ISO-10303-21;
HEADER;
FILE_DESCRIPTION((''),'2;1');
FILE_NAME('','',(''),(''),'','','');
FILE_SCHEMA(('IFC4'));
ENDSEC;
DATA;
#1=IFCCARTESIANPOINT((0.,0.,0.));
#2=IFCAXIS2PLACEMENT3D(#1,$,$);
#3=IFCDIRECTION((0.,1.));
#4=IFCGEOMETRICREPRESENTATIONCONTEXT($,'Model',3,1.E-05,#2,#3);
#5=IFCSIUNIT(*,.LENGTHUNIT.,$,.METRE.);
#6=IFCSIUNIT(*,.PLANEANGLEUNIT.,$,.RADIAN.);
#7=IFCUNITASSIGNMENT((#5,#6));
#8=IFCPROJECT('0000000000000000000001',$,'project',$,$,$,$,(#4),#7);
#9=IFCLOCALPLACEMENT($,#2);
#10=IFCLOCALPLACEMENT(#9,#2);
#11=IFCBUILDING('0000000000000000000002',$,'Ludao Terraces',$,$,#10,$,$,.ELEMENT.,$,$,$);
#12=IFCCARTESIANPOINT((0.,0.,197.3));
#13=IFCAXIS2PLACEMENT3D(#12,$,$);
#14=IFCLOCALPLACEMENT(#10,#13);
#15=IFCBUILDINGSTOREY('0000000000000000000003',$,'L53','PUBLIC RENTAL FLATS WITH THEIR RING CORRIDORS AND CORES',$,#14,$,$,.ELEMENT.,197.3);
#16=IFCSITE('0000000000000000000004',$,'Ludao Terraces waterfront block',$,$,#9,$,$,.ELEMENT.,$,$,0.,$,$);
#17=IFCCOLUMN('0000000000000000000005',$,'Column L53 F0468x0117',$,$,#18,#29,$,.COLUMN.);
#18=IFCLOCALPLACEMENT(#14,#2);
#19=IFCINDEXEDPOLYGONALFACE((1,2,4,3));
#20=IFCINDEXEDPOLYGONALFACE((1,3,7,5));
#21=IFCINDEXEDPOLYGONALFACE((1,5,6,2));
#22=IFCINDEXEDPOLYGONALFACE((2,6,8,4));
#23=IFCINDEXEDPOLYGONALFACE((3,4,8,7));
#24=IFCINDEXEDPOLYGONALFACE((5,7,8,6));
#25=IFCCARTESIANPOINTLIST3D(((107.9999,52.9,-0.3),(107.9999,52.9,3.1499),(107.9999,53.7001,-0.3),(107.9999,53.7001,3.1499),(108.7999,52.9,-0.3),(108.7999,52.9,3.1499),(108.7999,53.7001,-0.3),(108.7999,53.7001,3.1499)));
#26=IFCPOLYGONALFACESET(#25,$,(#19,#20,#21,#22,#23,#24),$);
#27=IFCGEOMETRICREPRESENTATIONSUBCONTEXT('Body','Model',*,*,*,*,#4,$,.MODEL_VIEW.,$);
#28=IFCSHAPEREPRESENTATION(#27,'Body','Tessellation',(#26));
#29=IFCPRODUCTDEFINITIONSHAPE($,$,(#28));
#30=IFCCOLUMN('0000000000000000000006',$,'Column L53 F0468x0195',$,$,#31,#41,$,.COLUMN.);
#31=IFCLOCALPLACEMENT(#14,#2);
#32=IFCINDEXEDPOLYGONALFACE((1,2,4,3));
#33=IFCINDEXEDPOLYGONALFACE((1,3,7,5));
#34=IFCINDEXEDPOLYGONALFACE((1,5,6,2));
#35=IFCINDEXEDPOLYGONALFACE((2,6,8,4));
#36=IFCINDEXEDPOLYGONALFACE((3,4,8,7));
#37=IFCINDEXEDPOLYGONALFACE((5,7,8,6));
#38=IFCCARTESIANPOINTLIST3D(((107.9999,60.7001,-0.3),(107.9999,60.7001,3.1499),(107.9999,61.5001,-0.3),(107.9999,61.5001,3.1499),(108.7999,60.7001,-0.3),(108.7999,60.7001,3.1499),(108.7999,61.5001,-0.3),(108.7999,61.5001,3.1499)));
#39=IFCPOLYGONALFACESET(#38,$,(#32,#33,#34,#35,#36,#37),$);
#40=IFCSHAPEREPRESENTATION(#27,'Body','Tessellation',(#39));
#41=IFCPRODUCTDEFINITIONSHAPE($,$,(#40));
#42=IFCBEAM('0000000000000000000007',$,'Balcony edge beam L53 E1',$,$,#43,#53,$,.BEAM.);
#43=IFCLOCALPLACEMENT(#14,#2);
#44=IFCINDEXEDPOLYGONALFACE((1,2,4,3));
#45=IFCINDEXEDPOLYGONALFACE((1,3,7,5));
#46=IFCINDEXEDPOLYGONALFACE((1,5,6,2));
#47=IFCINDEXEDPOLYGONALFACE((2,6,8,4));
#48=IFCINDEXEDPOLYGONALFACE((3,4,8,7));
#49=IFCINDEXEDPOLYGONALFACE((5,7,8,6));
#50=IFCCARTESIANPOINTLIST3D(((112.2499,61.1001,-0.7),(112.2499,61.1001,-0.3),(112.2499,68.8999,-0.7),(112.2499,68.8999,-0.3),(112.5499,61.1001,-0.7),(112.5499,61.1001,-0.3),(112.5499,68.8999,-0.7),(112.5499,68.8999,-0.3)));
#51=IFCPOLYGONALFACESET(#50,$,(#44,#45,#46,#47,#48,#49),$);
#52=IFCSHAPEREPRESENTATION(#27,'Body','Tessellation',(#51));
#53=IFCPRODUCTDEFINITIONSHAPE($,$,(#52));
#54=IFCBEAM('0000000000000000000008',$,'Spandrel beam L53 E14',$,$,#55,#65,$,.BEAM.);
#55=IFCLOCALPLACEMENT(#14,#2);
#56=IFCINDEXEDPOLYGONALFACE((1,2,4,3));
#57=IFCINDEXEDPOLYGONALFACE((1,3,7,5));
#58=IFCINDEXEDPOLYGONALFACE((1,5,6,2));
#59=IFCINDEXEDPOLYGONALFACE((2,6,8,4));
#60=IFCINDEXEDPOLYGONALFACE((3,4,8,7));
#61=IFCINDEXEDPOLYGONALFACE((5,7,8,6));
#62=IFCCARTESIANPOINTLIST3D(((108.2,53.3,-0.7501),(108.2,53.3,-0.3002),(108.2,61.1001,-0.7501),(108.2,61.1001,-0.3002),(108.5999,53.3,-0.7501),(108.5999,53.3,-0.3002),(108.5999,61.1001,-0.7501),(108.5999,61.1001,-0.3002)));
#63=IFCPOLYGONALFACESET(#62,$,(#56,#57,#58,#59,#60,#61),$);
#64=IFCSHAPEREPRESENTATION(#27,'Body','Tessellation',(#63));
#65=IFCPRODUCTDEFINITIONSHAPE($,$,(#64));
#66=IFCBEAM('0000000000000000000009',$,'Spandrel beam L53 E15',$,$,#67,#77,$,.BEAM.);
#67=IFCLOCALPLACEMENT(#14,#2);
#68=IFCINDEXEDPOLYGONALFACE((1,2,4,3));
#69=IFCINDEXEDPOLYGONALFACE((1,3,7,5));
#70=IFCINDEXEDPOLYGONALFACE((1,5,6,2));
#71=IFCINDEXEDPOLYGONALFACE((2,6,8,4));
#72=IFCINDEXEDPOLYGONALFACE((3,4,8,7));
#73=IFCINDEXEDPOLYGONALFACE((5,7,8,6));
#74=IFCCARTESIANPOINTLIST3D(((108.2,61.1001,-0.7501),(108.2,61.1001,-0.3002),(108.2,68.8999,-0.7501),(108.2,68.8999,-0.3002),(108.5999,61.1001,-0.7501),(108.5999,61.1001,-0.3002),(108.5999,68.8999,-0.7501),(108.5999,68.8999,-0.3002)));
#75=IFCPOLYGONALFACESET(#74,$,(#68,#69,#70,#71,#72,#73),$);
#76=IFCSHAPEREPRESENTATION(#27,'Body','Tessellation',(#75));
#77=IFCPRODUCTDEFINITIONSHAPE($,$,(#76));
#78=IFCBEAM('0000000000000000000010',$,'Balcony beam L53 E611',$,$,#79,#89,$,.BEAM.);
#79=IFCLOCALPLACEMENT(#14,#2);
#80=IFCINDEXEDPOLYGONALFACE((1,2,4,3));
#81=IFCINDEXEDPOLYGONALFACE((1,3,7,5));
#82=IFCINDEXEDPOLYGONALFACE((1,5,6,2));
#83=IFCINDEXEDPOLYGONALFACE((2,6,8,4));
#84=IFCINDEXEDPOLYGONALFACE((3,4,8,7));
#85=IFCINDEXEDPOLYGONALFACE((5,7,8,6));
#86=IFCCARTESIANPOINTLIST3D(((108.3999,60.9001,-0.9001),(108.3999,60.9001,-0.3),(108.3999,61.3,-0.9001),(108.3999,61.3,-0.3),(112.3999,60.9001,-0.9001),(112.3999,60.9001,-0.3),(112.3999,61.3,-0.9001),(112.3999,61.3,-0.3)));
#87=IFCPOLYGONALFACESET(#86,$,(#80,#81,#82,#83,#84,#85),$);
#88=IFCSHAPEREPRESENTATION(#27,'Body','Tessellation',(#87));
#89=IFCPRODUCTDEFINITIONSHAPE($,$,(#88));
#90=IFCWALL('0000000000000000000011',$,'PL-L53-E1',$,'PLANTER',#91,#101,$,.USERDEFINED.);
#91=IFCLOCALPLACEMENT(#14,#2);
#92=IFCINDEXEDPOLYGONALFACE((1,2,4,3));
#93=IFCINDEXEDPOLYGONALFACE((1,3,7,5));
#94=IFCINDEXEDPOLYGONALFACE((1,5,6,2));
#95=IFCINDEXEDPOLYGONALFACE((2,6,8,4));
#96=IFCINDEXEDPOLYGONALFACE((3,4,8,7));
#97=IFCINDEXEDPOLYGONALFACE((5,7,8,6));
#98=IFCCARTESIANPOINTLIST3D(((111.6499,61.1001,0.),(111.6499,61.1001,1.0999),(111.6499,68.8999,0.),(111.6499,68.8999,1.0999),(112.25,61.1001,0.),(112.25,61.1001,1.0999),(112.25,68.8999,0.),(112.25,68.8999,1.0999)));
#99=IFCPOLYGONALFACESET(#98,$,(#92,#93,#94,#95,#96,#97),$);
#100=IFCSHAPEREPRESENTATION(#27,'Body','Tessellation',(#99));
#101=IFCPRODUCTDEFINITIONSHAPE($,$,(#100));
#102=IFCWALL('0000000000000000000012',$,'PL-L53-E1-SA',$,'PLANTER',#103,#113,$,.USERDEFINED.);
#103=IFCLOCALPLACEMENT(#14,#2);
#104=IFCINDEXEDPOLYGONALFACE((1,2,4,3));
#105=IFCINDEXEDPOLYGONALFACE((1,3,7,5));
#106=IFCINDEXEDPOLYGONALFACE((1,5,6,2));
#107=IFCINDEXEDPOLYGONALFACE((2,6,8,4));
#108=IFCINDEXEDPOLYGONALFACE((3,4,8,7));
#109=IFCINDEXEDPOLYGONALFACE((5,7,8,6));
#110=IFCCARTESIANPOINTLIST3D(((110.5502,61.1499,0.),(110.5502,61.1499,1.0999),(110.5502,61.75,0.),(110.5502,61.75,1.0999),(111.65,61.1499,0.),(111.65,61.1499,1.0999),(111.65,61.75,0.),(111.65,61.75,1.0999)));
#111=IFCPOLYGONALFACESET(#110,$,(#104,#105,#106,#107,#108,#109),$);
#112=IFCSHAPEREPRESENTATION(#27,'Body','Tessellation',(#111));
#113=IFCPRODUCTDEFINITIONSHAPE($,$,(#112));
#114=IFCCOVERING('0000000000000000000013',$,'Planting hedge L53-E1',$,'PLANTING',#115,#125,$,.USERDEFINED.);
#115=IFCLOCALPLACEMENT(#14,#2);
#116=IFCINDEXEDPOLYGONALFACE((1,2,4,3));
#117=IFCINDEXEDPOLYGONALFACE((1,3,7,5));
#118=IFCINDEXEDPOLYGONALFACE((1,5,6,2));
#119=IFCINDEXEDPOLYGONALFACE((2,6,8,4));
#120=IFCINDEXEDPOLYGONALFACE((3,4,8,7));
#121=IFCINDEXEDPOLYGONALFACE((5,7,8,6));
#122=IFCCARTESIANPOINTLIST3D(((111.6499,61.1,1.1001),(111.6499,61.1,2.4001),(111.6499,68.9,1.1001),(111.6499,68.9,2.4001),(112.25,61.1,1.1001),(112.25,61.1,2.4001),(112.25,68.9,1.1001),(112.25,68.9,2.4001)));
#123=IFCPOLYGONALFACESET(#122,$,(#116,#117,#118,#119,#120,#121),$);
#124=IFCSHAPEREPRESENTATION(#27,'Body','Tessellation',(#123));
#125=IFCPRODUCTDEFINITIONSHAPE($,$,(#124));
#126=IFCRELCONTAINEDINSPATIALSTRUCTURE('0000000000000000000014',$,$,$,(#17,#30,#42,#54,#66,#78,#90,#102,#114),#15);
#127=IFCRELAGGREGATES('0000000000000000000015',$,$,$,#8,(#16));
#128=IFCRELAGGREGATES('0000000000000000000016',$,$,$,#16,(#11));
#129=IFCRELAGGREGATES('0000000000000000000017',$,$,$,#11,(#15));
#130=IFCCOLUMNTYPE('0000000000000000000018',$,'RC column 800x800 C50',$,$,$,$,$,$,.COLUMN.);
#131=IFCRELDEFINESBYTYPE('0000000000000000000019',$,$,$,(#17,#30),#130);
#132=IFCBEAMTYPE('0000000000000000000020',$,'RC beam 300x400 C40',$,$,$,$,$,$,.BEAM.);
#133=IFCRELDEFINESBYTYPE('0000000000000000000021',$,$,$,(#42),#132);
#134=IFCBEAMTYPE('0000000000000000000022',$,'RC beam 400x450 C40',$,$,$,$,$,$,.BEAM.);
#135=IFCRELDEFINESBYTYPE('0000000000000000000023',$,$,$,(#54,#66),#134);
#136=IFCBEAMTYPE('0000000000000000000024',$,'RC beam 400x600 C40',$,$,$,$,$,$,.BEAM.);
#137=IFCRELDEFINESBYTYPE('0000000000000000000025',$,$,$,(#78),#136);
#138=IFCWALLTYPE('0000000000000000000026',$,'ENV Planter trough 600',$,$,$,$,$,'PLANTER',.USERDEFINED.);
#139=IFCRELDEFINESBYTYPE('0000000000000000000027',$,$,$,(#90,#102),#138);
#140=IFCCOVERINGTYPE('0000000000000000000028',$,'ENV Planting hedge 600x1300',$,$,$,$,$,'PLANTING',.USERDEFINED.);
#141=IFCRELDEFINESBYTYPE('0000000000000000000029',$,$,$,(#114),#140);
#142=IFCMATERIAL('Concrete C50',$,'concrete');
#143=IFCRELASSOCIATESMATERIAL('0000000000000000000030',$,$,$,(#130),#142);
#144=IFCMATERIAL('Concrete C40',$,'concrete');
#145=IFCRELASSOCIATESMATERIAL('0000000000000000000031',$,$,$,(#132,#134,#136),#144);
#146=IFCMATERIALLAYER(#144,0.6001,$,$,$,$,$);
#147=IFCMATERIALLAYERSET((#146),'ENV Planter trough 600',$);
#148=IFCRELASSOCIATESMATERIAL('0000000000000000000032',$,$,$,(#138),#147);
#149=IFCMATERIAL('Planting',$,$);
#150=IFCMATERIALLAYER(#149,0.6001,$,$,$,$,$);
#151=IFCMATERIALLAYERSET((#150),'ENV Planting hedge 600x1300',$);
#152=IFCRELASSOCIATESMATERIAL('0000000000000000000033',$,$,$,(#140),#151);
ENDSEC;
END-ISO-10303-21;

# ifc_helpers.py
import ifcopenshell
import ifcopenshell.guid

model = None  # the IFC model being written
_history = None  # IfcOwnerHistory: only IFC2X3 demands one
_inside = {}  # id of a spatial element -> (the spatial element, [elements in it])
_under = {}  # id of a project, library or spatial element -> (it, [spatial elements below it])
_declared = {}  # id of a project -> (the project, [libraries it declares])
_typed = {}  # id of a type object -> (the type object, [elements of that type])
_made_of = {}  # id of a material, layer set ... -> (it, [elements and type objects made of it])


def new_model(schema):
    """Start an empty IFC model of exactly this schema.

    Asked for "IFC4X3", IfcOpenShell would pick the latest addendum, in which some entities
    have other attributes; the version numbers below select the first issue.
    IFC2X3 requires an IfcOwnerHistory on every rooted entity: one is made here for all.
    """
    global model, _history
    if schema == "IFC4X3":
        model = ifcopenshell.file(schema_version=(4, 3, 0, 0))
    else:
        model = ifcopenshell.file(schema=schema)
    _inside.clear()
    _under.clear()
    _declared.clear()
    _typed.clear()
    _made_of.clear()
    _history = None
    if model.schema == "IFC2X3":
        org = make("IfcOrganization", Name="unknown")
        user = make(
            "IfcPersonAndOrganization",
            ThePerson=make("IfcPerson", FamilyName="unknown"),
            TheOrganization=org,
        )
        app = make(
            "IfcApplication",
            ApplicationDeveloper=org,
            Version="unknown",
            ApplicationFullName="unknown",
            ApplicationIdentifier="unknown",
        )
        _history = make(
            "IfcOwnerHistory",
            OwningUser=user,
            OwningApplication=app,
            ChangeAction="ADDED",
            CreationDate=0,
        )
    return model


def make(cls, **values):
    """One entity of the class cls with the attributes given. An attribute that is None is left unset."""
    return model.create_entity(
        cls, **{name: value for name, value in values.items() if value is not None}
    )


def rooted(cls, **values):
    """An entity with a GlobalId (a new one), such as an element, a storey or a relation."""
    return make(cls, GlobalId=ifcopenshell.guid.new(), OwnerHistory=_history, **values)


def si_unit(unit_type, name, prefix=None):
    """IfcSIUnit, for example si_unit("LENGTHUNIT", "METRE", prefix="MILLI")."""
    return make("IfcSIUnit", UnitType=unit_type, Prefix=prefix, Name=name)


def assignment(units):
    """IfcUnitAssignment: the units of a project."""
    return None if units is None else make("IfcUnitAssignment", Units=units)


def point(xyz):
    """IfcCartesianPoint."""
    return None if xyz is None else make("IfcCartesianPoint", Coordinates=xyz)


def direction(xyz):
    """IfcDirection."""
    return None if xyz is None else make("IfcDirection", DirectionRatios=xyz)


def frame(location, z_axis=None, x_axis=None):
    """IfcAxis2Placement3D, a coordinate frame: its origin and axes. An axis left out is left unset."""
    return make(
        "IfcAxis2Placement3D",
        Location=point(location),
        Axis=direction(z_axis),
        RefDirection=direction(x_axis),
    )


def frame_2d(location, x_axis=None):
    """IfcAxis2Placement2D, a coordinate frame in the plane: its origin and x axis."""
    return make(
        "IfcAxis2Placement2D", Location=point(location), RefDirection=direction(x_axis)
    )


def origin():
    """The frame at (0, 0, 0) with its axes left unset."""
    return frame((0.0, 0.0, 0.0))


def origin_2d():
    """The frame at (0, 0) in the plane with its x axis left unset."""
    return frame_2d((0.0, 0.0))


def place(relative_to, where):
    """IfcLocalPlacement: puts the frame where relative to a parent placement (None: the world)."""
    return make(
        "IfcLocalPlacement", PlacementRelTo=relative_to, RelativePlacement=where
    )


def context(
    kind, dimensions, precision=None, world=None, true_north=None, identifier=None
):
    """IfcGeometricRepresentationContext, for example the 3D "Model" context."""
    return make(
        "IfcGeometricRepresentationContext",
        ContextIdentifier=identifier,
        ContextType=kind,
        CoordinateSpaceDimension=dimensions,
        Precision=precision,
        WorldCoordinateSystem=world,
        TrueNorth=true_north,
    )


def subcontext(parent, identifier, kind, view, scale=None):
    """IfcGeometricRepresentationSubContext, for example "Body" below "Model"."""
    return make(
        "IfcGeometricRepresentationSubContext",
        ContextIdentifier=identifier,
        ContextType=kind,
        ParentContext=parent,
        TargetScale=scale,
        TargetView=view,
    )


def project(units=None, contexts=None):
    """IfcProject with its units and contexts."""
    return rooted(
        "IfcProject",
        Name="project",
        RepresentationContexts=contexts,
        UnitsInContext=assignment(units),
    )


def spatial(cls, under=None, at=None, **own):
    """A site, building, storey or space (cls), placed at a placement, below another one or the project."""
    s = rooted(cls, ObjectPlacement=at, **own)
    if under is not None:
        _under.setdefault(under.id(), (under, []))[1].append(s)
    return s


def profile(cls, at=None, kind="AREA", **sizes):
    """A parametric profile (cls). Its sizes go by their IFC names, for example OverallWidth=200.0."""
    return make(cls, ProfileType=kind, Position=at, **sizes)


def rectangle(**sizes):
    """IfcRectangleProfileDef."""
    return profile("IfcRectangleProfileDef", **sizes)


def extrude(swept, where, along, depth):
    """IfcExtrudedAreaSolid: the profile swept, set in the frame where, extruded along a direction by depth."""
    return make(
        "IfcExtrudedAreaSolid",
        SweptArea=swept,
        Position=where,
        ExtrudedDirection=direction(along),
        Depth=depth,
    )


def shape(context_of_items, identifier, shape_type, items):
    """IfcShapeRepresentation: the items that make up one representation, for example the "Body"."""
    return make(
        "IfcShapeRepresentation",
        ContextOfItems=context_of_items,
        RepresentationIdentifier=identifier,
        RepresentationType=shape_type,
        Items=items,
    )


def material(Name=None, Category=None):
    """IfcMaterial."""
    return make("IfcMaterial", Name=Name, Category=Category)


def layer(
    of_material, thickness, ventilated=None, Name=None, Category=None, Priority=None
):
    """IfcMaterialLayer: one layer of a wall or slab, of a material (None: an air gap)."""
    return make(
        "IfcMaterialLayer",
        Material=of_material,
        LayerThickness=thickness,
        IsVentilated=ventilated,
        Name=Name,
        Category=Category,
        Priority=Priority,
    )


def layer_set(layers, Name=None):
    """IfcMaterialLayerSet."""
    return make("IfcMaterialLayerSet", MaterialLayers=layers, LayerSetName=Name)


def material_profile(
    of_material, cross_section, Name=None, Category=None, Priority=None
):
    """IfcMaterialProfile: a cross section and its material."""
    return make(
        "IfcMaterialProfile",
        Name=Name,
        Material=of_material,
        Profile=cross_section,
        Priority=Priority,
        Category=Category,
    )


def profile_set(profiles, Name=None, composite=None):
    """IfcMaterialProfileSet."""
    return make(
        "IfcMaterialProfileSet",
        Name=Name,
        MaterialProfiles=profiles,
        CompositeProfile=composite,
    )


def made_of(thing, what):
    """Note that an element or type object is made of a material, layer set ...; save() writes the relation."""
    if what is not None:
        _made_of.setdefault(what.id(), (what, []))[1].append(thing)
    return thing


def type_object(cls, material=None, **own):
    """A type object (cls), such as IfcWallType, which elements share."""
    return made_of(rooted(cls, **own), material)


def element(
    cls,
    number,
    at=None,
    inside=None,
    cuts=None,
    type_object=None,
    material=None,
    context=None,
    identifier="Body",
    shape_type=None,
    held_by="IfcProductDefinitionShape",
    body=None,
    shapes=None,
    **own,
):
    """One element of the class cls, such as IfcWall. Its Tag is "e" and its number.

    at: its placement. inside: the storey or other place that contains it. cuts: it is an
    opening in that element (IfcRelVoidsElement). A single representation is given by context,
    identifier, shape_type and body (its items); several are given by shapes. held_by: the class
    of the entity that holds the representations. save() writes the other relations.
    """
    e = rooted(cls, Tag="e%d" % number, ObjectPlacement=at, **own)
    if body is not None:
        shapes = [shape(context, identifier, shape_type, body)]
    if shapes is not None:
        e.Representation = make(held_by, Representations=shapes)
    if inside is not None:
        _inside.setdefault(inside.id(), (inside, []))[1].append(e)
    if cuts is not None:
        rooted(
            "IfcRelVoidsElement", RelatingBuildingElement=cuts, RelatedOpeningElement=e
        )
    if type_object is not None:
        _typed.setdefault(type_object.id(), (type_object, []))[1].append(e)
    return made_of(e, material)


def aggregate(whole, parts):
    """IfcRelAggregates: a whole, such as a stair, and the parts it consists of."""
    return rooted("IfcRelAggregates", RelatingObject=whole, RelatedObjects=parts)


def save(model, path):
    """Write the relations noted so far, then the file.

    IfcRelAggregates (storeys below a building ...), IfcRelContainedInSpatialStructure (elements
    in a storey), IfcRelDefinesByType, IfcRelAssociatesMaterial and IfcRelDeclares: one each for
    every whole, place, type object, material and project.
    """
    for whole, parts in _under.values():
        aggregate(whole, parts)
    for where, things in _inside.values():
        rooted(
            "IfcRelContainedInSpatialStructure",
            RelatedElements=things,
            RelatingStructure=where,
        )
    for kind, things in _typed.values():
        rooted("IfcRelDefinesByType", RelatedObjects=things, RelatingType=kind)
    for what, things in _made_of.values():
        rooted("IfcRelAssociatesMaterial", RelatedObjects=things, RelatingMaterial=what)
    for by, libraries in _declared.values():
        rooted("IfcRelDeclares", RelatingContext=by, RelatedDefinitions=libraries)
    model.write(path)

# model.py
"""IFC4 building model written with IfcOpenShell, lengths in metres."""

from ifc_helpers import new_model, si_unit, direction, frame, frame_2d, origin, origin_2d, place, context, subcontext, project, spatial, rectangle, extrude, material, layer, layer_set, material_profile, profile_set, type_object, element, save


model = new_model("IFC4")

# Units and contexts
model_context = context("Model", 3, precision=1e-05, world=origin(), true_north=direction((0.0, 1.0)))
body_context = subcontext(model_context, "Body", "Model", "MODEL_VIEW")
ifc_project = project(units=[si_unit("LENGTHUNIT", "METRE"), si_unit("PLANEANGLEUNIT", "RADIAN")], contexts=[model_context])

# Site, building, storey
site_placement = place(None, origin())
site = spatial("IfcSite", under=ifc_project, at=site_placement, Name="Ludao Terraces waterfront block", CompositionType="ELEMENT", RefElevation=0.0)
building_placement = place(site_placement, origin())
building = spatial("IfcBuilding", under=site, at=building_placement, Name="Ludao Terraces", CompositionType="ELEMENT")
storey_placement = place(building_placement, frame((0.0, 0.0, 197.3)))
storey = spatial("IfcBuildingStorey", under=building, at=storey_placement, Name="L53", Description="PUBLIC RENTAL FLATS WITH THEIR RING CORRIDORS AND CORES", CompositionType="ELEMENT", Elevation=197.3)

# Columns
ifc_material_1 = material(Name="Concrete C50", Category="concrete")
ifc_material_profile_1 = material_profile(ifc_material_1, rectangle(XDim=0.8, YDim=0.8, at=origin_2d()), Name="800 X 800")
ifc_profile_set_1 = profile_set([ifc_material_profile_1], Name="Concrete C50")
column_type = type_object("IfcColumnType", Name="RC column 800x800 C50", PredefinedType="COLUMN", material=ifc_profile_set_1)
for number, where, z_axis, x_axis, name in (
    (1, (108.3999, 53.3, -0.3), (0.0, 0.0, 1.0), (1.0, 0.0, 0.0), "Column L53 F0468x0117"),
    (2, (108.3999, 61.1001, -0.3), (0.0, 0.0, 1.0), (1.0, 0.0, 0.0), "Column L53 F0468x0195"),
):
    element("IfcColumn", number, at=place(storey_placement, frame(where, z_axis=z_axis, x_axis=x_axis)), inside=storey, type_object=column_type, Name=name, PredefinedType="COLUMN", context=body_context, shape_type="SweptSolid", body=[
        extrude(rectangle(XDim=0.8, YDim=0.8, at=origin_2d()), origin(), (0.0, 0.0, 1.0), 3.45),
    ])

# Beams
ifc_material_2 = material(Name="Concrete C40", Category="concrete")
ifc_material_profile_2 = material_profile(ifc_material_2, rectangle(XDim=0.3, YDim=0.3999, at=origin_2d()), Name="300 X 400")
ifc_profile_set_2 = profile_set([ifc_material_profile_2], Name="Concrete C40")
beam_type_1 = type_object("IfcBeamType", Name="RC beam 300x400 C40", PredefinedType="BEAM", material=ifc_profile_set_2)
beam_1_placement = place(storey_placement, frame((112.3999, 61.1001, -0.5), z_axis=(0.0, 1.0, 0.0), x_axis=(-1.0, 0.0, 0.0)))
element("IfcBeam", 3, at=beam_1_placement, inside=storey, type_object=beam_type_1, Name="Balcony edge beam L53 E1", PredefinedType="BEAM", context=body_context, shape_type="SweptSolid", body=[
    extrude(rectangle(XDim=0.3, YDim=0.3999, at=origin_2d()), origin(), (0.0, 0.0, 1.0), 7.7998),
])
ifc_material_profile_3 = material_profile(ifc_material_2, rectangle(XDim=0.3999, YDim=0.45, at=origin_2d()), Name="400 X 450")
ifc_profile_set_3 = profile_set([ifc_material_profile_3], Name="Concrete C40")
beam_type_2 = type_object("IfcBeamType", Name="RC beam 400x450 C40", PredefinedType="BEAM", material=ifc_profile_set_3)
beam_2_placement = place(storey_placement, frame((108.3999, 53.3, -0.5251), z_axis=(0.0, 1.0, 0.0), x_axis=(-1.0, 0.0, 0.0)))
element("IfcBeam", 4, at=beam_2_placement, inside=storey, type_object=beam_type_2, Name="Spandrel beam L53 E14", PredefinedType="BEAM", context=body_context, shape_type="SweptSolid", body=[
    extrude(rectangle(XDim=0.3999, YDim=0.45, at=origin_2d()), origin(), (0.0, 0.0, 1.0), 7.8),
])
beam_3_placement = place(storey_placement, frame((108.3999, 61.1001, -0.5251), z_axis=(0.0, 1.0, 0.0), x_axis=(-1.0, 0.0, 0.0)))
element("IfcBeam", 5, at=beam_3_placement, inside=storey, type_object=beam_type_2, Name="Spandrel beam L53 E15", PredefinedType="BEAM", context=body_context, shape_type="SweptSolid", body=[
    extrude(rectangle(XDim=0.3999, YDim=0.45, at=origin_2d()), origin(), (0.0, 0.0, 1.0), 7.7998),
])
ifc_material_profile_4 = material_profile(ifc_material_2, rectangle(XDim=0.3999, YDim=0.6001, at=origin_2d()), Name="400 X 600")
ifc_profile_set_4 = profile_set([ifc_material_profile_4], Name="Concrete C40")
beam_type_3 = type_object("IfcBeamType", Name="RC beam 400x600 C40", PredefinedType="BEAM", material=ifc_profile_set_4)
beam_4_placement = place(storey_placement, frame((108.3999, 61.1001, -0.6001), z_axis=(1.0, 0.0, 0.0), x_axis=(0.0, 1.0, 0.0)))
element("IfcBeam", 6, at=beam_4_placement, inside=storey, type_object=beam_type_3, Name="Balcony beam L53 E611", PredefinedType="BEAM", context=body_context, shape_type="SweptSolid", body=[
    extrude(rectangle(XDim=0.3999, YDim=0.6001, at=origin_2d()), origin(), (0.0, 0.0, 1.0), 4.0),
])

# Walls
ifc_layer_1 = layer(ifc_material_2, 0.6001)
ifc_layer_set_1 = layer_set([ifc_layer_1], Name="ENV Planter trough 600")
wall_type = type_object("IfcWallType", Name="ENV Planter trough 600", ElementType="PLANTER", PredefinedType="USERDEFINED", material=ifc_layer_set_1)
wall_1_placement = place(storey_placement, frame((111.95, 61.1001, 0.0), z_axis=(0.0, 0.0, 1.0), x_axis=(0.0, 1.0, 0.0)))
element("IfcWall", 7, at=wall_1_placement, inside=storey, type_object=wall_type, Name="PL-L53-E1", ObjectType="PLANTER", PredefinedType="USERDEFINED", context=body_context, shape_type="SweptSolid", body=[
    extrude(rectangle(XDim=7.7998, YDim=0.6001, at=frame_2d((3.8999, 0.0))), origin(), (0.0, 0.0, 1.0), 1.0999),
])
wall_2_placement = place(storey_placement, frame((111.6499, 61.45, 0.0), z_axis=(0.0, 0.0, 1.0), x_axis=(-1.0, 0.0, 0.0)))
element("IfcWall", 8, at=wall_2_placement, inside=storey, type_object=wall_type, Name="PL-L53-E1-SA", ObjectType="PLANTER", PredefinedType="USERDEFINED", context=body_context, shape_type="SweptSolid", body=[
    extrude(rectangle(XDim=1.0999, YDim=0.6001, at=frame_2d((0.5498, 0.0))), origin(), (0.0, 0.0, 1.0), 1.0999),
])

# Covering
ifc_material_3 = material(Name="Planting")
ifc_layer_2 = layer(ifc_material_3, 0.6001)
ifc_layer_set_2 = layer_set([ifc_layer_2], Name="ENV Planting hedge 600x1300")
covering_type = type_object("IfcCoveringType", Name="ENV Planting hedge 600x1300", ElementType="PLANTING", PredefinedType="USERDEFINED", material=ifc_layer_set_2)
covering_placement = place(storey_placement, frame((111.95, 65.0, 1.1001), z_axis=(0.0, 0.0, 1.0), x_axis=(1.0, 0.0, 0.0)))
element("IfcCovering", 9, at=covering_placement, inside=storey, type_object=covering_type, Name="Planting hedge L53-E1", ObjectType="PLANTING", PredefinedType="USERDEFINED", context=body_context, shape_type="SweptSolid", body=[
    extrude(rectangle(XDim=0.6001, YDim=7.8, at=origin_2d()), origin(), (0.0, 0.0, 1.0), 1.3),
])

save(model, "model.ifc")
